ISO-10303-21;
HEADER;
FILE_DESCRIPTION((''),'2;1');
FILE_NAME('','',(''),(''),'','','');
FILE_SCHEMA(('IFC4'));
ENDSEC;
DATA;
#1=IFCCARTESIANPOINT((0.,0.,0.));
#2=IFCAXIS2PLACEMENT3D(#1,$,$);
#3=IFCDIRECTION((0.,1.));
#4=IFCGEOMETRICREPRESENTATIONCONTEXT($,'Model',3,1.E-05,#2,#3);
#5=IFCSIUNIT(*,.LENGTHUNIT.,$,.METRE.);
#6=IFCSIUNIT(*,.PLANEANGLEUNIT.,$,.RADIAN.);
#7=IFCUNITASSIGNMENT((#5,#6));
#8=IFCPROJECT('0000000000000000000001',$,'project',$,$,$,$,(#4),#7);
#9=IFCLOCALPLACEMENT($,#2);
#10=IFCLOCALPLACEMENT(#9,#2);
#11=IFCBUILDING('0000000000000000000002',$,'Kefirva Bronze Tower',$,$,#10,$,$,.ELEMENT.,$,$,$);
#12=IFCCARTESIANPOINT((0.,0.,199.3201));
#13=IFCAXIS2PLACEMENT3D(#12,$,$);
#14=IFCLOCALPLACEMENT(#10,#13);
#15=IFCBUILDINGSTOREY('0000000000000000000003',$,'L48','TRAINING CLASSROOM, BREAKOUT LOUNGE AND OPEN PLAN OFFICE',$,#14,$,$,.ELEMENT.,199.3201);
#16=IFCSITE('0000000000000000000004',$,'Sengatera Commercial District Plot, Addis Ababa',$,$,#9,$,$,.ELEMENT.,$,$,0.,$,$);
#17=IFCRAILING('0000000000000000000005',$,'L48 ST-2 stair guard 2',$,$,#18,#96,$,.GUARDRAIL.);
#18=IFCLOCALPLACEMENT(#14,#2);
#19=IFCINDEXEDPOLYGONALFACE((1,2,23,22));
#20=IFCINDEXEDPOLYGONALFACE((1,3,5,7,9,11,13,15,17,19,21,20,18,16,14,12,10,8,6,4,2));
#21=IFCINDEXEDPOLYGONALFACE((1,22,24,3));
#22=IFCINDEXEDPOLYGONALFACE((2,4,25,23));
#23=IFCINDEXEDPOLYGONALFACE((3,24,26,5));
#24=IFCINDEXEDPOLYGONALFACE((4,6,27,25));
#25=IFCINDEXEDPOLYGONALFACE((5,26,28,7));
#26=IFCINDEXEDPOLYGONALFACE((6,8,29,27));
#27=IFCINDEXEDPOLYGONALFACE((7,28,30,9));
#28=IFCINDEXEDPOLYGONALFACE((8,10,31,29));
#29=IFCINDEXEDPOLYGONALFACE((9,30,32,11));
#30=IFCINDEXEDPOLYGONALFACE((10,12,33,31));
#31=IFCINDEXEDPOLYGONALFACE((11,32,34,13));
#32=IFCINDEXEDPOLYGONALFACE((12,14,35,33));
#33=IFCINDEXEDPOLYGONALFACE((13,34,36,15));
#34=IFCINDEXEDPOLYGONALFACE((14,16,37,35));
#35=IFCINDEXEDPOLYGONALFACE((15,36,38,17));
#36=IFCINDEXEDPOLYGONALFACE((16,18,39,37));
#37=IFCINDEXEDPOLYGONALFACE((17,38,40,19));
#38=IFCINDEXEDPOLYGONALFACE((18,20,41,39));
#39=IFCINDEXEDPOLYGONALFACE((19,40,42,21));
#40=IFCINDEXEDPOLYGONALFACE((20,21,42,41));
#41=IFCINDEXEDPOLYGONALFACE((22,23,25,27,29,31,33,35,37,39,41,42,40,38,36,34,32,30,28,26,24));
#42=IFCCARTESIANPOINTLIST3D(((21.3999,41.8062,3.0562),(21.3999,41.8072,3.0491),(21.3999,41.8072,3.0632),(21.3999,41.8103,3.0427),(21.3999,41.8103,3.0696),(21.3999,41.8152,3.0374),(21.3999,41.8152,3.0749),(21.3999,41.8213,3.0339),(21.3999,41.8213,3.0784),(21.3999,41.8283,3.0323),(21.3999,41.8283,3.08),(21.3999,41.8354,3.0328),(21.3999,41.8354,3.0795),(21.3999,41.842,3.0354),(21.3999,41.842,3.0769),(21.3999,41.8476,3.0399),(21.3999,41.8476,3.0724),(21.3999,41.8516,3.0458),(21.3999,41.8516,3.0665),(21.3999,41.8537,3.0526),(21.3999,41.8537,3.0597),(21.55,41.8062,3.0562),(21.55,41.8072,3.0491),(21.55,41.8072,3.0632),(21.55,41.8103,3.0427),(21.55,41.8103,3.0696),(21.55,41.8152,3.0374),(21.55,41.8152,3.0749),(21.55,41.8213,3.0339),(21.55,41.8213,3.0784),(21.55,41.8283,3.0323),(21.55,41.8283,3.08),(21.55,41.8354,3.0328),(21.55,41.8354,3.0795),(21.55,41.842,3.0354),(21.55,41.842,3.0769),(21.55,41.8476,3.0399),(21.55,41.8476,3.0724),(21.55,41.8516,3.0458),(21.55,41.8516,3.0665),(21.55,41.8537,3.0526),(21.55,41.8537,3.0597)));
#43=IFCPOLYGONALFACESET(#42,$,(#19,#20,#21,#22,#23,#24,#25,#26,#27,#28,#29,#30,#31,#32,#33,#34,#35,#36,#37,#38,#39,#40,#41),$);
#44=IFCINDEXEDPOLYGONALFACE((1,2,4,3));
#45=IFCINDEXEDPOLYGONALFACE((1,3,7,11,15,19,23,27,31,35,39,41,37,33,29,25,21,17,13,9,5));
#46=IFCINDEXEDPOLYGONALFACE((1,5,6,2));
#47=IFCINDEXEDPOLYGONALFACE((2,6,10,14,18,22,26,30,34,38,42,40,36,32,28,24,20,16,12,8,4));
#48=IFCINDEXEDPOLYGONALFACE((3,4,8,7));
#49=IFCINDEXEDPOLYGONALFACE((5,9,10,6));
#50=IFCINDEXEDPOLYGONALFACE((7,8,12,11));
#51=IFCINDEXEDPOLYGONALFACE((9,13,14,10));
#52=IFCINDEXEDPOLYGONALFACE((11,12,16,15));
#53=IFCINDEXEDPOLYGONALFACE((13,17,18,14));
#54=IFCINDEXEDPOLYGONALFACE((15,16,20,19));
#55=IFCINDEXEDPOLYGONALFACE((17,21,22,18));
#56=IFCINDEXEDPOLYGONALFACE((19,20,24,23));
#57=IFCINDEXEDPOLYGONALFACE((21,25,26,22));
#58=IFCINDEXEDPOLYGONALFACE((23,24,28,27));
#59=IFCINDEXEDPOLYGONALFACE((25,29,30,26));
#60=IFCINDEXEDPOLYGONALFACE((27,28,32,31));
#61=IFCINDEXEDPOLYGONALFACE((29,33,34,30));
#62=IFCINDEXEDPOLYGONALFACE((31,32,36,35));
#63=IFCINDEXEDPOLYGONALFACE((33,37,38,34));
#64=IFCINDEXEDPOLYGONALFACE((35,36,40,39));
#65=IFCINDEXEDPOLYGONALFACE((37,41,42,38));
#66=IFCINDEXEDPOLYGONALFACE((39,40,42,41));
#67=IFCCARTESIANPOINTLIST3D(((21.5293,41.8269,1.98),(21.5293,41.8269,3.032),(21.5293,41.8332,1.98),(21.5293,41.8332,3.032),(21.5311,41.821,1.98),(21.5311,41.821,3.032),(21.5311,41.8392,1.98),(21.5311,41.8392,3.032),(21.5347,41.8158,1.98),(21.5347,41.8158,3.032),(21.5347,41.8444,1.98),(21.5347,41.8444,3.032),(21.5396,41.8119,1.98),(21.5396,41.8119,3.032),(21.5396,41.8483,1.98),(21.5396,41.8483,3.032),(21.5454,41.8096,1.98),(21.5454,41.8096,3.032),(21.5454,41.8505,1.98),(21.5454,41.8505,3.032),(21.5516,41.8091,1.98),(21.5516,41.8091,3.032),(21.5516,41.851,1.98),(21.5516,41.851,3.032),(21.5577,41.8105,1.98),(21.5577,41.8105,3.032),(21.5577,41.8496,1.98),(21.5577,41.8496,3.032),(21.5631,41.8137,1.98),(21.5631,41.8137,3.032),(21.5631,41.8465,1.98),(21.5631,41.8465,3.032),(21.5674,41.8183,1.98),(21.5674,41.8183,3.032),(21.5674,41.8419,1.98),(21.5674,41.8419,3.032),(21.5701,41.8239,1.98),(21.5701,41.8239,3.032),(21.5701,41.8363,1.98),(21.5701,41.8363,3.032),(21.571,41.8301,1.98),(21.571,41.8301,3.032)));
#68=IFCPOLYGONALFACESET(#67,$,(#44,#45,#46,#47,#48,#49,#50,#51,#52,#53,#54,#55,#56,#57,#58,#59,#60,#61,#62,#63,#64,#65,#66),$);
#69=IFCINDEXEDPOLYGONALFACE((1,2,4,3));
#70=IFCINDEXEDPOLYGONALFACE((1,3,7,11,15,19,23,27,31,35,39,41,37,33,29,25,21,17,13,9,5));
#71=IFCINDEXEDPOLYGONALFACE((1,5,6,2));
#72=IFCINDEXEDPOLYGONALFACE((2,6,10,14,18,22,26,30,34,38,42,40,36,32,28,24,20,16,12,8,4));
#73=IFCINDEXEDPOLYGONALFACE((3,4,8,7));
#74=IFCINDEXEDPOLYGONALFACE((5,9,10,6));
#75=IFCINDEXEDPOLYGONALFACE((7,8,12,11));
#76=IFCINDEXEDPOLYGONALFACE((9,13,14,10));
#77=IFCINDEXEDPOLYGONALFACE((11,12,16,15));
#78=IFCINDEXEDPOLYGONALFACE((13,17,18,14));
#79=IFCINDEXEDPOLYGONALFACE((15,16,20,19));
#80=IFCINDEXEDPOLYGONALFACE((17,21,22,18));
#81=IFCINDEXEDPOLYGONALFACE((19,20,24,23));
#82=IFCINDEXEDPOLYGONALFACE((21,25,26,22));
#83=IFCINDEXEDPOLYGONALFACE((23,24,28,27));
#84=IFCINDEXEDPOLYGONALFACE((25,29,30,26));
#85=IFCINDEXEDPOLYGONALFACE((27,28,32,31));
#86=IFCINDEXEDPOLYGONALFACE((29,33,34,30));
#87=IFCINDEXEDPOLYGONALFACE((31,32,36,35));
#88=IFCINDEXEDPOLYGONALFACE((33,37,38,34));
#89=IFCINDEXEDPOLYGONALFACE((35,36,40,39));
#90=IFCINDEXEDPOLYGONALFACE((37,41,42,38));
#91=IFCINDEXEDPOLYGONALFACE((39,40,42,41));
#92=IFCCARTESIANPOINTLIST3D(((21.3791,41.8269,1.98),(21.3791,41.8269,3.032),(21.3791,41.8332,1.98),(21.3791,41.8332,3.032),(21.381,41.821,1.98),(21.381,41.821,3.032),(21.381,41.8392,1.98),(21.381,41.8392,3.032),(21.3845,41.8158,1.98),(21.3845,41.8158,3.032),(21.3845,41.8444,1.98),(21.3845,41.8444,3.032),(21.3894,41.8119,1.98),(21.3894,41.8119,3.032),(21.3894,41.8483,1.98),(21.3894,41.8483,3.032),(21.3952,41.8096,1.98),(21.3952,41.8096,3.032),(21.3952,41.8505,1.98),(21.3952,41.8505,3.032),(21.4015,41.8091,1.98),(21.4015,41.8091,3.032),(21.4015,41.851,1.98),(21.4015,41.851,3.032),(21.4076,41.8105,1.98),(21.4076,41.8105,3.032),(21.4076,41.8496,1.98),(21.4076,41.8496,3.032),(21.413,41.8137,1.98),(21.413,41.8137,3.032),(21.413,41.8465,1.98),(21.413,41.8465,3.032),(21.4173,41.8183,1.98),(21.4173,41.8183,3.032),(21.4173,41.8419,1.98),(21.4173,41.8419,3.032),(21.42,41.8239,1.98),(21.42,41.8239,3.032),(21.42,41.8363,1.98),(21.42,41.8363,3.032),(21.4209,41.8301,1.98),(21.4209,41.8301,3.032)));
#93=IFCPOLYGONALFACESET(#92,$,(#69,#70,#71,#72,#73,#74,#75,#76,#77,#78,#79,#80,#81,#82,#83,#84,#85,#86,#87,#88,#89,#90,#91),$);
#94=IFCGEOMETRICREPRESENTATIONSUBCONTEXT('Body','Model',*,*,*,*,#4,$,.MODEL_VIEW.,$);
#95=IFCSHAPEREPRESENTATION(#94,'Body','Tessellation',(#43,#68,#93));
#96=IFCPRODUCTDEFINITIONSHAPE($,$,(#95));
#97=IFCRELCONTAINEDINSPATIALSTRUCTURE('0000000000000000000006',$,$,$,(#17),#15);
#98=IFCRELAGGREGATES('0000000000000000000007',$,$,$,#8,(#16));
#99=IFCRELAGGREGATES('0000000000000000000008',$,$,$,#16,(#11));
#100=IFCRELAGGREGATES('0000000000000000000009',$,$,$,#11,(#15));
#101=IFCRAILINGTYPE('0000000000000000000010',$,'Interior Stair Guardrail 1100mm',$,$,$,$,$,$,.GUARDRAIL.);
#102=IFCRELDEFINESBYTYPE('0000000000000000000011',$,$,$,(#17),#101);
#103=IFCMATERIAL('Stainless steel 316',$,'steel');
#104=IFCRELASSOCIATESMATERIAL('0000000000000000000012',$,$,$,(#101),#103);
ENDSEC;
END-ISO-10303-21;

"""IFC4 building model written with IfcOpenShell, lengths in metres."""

from ifc_helpers import new_model, si_unit, direction, frame, origin, origin_2d, place, context, subcontext, project, spatial, circle, extrude, material, type_object, element, save


model = new_model("IFC4")

# Units and contexts
model_context = context("Model", 3, precision=1e-05, world=origin(), true_north=direction((0.0, 1.0)))
body_context = subcontext(model_context, "Body", "Model", "MODEL_VIEW")
ifc_project = project(units=[si_unit("LENGTHUNIT", "METRE"), si_unit("PLANEANGLEUNIT", "RADIAN")], contexts=[model_context])

# Site, building, storey
site_placement = place(None, origin())
site = spatial("IfcSite", under=ifc_project, at=site_placement, Name="Sengatera Commercial District Plot, Addis Ababa", CompositionType="ELEMENT", RefElevation=0.0)
building_placement = place(site_placement, origin())
building = spatial("IfcBuilding", under=site, at=building_placement, Name="Kefirva Bronze Tower", CompositionType="ELEMENT")
storey_placement = place(building_placement, frame((0.0, 0.0, 199.3201)))
storey = spatial("IfcBuildingStorey", under=building, at=storey_placement, Name="L48", Description="TRAINING CLASSROOM, BREAKOUT LOUNGE AND OPEN PLAN OFFICE", CompositionType="ELEMENT", Elevation=199.3201)

# Railing
ifc_material_1 = material(Name="Stainless steel 316", Category="steel")
railing_type_1 = type_object("IfcRailingType", Name="Interior Stair Guardrail 1100mm", PredefinedType="GUARDRAIL", material=ifc_material_1)
railing_1_placement = place(storey_placement, frame((21.55, 41.8301, 1.98)))
element("IfcRailing", 1, at=railing_1_placement, inside=storey, type_object=railing_type_1, Name="L48 ST-2 stair guard 2", PredefinedType="GUARDRAIL", context=body_context, shape_type="SweptSolid", body=[
    extrude(circle(Radius=0.0239, at=origin_2d()), frame((0.0, 0.0, 1.0762), z_axis=(-1.0, 0.0, 0.0), x_axis=(0.0, -1.0, 0.0)), (0.0, 0.0, 1.0), 0.1501),
    extrude(circle(Radius=0.021, at=origin_2d()), origin(), (0.0, 0.0, 1.0), 1.052),
    extrude(circle(Radius=0.021, at=origin_2d()), frame((-0.1501, 0.0, 0.0)), (0.0, 0.0, 1.0), 1.052),
])

save(model, "model.ifc")
